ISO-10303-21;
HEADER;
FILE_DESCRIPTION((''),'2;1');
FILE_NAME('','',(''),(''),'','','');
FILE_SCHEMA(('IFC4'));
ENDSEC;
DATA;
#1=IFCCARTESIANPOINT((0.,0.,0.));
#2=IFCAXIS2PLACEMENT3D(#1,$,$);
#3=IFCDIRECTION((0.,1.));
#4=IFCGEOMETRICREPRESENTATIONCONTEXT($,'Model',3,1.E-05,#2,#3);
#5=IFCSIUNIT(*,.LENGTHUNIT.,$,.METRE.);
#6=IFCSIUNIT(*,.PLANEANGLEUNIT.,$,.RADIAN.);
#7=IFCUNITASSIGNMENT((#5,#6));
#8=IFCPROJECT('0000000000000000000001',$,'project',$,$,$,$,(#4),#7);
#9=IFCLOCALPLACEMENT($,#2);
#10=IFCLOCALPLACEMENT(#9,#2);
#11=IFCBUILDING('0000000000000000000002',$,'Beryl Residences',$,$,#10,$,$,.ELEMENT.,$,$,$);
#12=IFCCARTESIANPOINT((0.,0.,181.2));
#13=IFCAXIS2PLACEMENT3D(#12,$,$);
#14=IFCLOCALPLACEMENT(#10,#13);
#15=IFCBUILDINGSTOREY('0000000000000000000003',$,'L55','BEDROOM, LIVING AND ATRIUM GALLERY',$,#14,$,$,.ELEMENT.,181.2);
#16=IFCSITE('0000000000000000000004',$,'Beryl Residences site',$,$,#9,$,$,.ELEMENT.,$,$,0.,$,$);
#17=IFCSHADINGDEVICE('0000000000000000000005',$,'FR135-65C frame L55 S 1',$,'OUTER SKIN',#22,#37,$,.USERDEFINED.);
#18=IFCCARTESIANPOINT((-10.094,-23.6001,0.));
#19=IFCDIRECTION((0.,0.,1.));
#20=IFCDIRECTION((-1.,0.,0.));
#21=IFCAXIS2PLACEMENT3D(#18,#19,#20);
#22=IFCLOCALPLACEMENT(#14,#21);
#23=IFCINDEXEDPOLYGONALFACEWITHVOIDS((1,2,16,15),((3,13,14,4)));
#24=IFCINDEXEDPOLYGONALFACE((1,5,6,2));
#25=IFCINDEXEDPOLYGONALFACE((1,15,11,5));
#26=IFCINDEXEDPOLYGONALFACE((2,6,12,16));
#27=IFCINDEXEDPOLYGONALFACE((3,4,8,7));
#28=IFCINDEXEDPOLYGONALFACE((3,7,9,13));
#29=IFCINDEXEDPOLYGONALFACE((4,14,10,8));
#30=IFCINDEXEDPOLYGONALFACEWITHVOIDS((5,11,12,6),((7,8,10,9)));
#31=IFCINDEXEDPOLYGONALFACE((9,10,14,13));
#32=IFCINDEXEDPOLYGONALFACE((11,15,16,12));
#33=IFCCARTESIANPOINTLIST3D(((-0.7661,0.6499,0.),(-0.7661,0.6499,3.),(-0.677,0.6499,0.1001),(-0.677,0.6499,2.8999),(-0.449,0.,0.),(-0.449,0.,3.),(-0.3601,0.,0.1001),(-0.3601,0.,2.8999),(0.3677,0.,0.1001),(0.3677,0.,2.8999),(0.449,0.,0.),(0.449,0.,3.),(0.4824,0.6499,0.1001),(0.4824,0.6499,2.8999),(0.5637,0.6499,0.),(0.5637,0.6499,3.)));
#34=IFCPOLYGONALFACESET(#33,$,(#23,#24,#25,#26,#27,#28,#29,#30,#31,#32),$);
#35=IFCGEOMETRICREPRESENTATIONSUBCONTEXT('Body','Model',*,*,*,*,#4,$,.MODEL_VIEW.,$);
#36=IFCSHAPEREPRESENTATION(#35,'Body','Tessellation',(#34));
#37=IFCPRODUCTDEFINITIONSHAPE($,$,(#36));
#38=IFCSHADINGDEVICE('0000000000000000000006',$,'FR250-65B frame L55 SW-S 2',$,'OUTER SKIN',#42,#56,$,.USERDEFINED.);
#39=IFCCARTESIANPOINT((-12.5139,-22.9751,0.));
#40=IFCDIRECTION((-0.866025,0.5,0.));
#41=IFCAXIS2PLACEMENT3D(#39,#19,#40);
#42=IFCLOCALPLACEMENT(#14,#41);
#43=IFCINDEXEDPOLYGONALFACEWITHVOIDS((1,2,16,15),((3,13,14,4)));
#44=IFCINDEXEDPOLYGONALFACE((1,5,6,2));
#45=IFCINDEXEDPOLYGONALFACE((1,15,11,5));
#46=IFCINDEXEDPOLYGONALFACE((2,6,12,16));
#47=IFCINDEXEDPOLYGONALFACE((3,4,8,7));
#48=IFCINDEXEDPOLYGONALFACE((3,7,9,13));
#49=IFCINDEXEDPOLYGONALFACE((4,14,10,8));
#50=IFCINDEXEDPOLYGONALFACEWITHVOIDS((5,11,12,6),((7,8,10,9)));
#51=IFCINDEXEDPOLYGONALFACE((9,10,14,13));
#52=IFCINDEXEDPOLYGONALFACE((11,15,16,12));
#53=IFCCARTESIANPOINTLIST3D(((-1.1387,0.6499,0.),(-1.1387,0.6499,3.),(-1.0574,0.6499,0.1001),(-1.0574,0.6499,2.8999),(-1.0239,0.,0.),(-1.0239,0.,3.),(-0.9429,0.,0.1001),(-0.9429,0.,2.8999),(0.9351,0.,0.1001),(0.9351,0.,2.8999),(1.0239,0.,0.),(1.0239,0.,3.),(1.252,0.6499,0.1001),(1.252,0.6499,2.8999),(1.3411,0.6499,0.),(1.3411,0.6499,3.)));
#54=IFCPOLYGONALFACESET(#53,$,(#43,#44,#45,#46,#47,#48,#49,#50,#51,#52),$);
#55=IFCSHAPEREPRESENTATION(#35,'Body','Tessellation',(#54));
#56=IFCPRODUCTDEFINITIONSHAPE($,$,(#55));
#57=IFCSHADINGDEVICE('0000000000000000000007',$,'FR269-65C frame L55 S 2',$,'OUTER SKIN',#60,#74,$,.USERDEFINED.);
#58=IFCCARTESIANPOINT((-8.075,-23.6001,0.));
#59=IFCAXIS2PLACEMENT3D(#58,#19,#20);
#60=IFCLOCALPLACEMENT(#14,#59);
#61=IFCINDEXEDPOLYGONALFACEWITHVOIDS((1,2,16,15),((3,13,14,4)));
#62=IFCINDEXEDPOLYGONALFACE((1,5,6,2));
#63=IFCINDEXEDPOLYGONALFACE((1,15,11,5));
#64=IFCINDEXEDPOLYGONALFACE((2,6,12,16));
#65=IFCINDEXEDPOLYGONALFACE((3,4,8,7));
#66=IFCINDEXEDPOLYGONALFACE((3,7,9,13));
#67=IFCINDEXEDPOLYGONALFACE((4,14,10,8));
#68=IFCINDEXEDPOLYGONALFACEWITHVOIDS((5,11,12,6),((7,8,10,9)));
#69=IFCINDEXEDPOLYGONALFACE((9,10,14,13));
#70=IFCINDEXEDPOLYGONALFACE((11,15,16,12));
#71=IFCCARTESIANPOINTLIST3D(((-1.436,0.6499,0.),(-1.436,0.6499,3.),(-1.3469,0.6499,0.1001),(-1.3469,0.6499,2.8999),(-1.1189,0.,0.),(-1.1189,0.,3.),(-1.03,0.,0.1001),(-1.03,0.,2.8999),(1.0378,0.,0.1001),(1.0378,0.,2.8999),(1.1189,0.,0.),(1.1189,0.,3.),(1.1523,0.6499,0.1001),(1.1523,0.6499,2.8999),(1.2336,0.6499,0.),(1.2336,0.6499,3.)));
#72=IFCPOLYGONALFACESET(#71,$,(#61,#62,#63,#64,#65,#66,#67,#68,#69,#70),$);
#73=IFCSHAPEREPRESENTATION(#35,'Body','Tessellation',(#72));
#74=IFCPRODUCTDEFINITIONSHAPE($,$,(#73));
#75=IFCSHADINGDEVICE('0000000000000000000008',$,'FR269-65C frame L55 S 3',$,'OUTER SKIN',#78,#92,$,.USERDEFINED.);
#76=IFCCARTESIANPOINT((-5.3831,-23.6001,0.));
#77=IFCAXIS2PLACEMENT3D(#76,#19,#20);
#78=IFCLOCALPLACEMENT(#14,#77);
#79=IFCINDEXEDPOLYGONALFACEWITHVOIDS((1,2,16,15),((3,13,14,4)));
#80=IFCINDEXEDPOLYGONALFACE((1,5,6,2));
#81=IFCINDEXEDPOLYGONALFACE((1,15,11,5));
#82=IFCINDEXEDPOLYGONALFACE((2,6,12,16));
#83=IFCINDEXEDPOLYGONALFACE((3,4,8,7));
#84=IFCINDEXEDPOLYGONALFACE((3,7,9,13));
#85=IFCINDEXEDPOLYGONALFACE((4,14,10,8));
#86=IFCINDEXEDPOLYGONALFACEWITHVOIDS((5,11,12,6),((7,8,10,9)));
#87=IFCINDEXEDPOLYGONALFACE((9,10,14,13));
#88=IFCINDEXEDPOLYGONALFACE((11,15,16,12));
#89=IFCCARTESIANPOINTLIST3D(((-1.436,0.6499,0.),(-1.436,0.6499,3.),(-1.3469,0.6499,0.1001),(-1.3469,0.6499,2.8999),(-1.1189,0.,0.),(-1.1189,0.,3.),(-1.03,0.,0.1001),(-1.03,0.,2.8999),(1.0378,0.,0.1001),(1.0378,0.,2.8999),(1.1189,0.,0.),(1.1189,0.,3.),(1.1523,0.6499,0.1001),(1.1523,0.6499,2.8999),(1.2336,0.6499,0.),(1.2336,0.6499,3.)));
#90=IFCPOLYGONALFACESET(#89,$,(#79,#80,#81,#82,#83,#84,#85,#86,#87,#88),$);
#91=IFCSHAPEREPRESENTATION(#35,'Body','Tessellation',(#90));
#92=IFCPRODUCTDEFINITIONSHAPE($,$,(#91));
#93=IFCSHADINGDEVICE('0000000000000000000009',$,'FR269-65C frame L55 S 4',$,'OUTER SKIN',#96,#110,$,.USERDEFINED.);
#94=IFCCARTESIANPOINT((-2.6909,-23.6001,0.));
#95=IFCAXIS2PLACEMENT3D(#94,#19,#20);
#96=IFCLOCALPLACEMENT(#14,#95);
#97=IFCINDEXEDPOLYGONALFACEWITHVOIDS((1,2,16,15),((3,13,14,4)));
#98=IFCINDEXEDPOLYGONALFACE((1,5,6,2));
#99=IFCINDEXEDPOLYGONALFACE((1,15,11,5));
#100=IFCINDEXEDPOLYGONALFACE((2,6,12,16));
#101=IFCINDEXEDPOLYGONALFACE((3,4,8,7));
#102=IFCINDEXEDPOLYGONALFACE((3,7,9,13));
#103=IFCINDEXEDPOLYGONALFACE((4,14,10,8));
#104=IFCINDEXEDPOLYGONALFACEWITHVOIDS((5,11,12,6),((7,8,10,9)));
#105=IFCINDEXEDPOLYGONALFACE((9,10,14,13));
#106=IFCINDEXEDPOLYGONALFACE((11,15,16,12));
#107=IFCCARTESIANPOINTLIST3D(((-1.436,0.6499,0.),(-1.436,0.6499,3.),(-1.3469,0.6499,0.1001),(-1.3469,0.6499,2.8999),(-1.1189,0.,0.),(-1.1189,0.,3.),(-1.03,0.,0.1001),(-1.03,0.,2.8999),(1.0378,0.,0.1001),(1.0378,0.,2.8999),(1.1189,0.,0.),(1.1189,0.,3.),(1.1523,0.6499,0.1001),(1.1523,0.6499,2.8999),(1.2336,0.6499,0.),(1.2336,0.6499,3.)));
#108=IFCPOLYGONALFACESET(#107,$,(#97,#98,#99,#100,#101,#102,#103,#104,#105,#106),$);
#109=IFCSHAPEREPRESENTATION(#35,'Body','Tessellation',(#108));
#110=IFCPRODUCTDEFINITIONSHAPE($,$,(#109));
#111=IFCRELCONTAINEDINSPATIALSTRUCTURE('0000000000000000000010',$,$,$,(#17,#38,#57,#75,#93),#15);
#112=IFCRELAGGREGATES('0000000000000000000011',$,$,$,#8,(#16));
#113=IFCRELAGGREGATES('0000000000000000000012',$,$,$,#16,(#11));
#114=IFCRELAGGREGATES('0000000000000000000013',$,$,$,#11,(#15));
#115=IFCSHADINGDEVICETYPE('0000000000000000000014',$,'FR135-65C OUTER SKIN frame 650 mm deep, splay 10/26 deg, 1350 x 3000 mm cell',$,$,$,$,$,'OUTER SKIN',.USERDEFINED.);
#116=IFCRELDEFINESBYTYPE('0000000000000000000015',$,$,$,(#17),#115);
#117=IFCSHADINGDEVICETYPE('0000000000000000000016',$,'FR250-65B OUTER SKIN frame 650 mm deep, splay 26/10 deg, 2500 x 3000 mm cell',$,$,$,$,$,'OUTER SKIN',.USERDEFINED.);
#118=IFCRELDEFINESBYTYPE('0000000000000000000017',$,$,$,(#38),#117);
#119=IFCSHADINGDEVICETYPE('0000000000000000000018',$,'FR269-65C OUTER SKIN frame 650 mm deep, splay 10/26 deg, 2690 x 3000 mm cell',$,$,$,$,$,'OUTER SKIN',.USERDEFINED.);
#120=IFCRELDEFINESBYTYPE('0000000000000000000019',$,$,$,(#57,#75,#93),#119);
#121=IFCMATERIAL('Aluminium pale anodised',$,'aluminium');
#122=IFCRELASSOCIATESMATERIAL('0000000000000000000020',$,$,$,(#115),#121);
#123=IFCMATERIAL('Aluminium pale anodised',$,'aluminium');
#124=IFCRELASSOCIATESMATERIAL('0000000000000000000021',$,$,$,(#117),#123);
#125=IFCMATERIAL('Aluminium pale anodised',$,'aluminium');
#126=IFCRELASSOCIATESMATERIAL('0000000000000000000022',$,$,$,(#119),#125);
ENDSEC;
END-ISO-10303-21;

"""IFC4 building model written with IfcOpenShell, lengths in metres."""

from ifc_helpers import new_model, entity, si_unit, direction, frame, origin, place, context, subcontext, project, spatial, source, transform, mapped, material, type_object, type_shapes, element, save


model = new_model("IFC4")

# Units and contexts
model_context = context("Model", 3, precision=1e-05, world=origin(), true_north=direction((0.0, 1.0)))
body_context = subcontext(model_context, "Body", "Model", "MODEL_VIEW")
ifc_project = project(units=[si_unit("LENGTHUNIT", "METRE"), si_unit("PLANEANGLEUNIT", "RADIAN")], contexts=[model_context])

# Site, building, storey
site_placement = place(None, origin())
site = spatial("IfcSite", under=ifc_project, at=site_placement, Name="Beryl Residences site", CompositionType="ELEMENT", RefElevation=0.0)
building_placement = place(site_placement, origin())
building = spatial("IfcBuilding", under=site, at=building_placement, Name="Beryl Residences", CompositionType="ELEMENT")
storey_placement = place(building_placement, frame((0.0, 0.0, 181.2)))
storey = spatial("IfcBuildingStorey", under=building, at=storey_placement, Name="L55", Description="BEDROOM, LIVING AND ATRIUM GALLERY", CompositionType="ELEMENT", Elevation=181.2)

# Shading devices
ifc_material_1 = material(Name="Aluminium pale anodised", Category="aluminium")
shading_device_type_1 = type_object("IfcShadingDeviceType", Name="FR135-65C OUTER SKIN frame 650 mm deep, splay 10/26 deg, 1350 x 3000 mm cell", ElementType="OUTER SKIN", PredefinedType="USERDEFINED", material=ifc_material_1)
cartesian_point_1 = entity("IfcCartesianPoint", [-0.449, 0.0])
cartesian_point_2 = entity("IfcCartesianPoint", [-0.3677, 0.1001])
cartesian_point_3 = entity("IfcCartesianPoint", [-0.5637, 0.0])
cartesian_point_4 = entity("IfcCartesianPoint", [-0.4824, 0.1001])
shared_shape_1 = source(origin(), body_context, "Body", "SweptSolid", [
    entity("IfcExtrudedAreaSolidTapered", entity("IfcArbitraryProfileDefWithVoids", "AREA", None, entity("IfcPolyline", [cartesian_point_1, entity("IfcCartesianPoint", [0.449, 0.0]), entity("IfcCartesianPoint", [0.449, 3.0]), entity("IfcCartesianPoint", [-0.449, 3.0]), cartesian_point_1]), [entity("IfcPolyline", [cartesian_point_2, entity("IfcCartesianPoint", [0.3601, 0.1001]), entity("IfcCartesianPoint", [0.3601, 2.8999]), entity("IfcCartesianPoint", [-0.3677, 2.8999]), cartesian_point_2])]), entity("IfcAxis2Placement3D", entity("IfcCartesianPoint", [0.0, 0.0, 0.0]), entity("IfcDirection", [0.0, 1.0, 0.0]), entity("IfcDirection", [-1.0, 0.0, 0.0])), entity("IfcDirection", [0.0, 0.0, 1.0]), 0.6499, entity("IfcArbitraryProfileDefWithVoids", "AREA", None, entity("IfcPolyline", [cartesian_point_3, entity("IfcCartesianPoint", [0.7661, 0.0]), entity("IfcCartesianPoint", [0.7661, 3.0]), entity("IfcCartesianPoint", [-0.5637, 3.0]), cartesian_point_3]), [entity("IfcPolyline", [cartesian_point_4, entity("IfcCartesianPoint", [0.677, 0.1001]), entity("IfcCartesianPoint", [0.677, 2.8999]), entity("IfcCartesianPoint", [-0.4824, 2.8999]), cartesian_point_4])])),
])
type_shapes(shading_device_type_1, [shared_shape_1])
shading_device_1_placement = place(storey_placement, frame((-10.094, -23.6001, 0.0), z_axis=(0.0, 0.0, 1.0), x_axis=(-1.0, 0.0, 0.0)))
element("IfcShadingDevice", 1, at=shading_device_1_placement, inside=storey, type_object=shading_device_type_1, Name="FR135-65C frame L55 S 1", ObjectType="OUTER SKIN", PredefinedType="USERDEFINED", context=body_context, shape_type="MappedRepresentation", body=[
    mapped(shared_shape_1, transform((0.0, 0.0, 0.0))),
])
ifc_material_2 = material(Name="Aluminium pale anodised", Category="aluminium")
shading_device_type_2 = type_object("IfcShadingDeviceType", Name="FR250-65B OUTER SKIN frame 650 mm deep, splay 26/10 deg, 2500 x 3000 mm cell", ElementType="OUTER SKIN", PredefinedType="USERDEFINED", material=ifc_material_2)
cartesian_point_5 = entity("IfcCartesianPoint", [-1.0239, 0.0])
cartesian_point_6 = entity("IfcCartesianPoint", [-0.9351, 0.1001])
cartesian_point_7 = entity("IfcCartesianPoint", [-1.3411, 0.0])
cartesian_point_8 = entity("IfcCartesianPoint", [-1.252, 0.1001])
shared_shape_2 = source(origin(), body_context, "Body", "SweptSolid", [
    entity("IfcExtrudedAreaSolidTapered", entity("IfcArbitraryProfileDefWithVoids", "AREA", None, entity("IfcPolyline", [cartesian_point_5, entity("IfcCartesianPoint", [1.0239, 0.0]), entity("IfcCartesianPoint", [1.0239, 3.0]), entity("IfcCartesianPoint", [-1.0239, 3.0]), cartesian_point_5]), [entity("IfcPolyline", [cartesian_point_6, entity("IfcCartesianPoint", [0.9429, 0.1001]), entity("IfcCartesianPoint", [0.9429, 2.8999]), entity("IfcCartesianPoint", [-0.9351, 2.8999]), cartesian_point_6])]), entity("IfcAxis2Placement3D", entity("IfcCartesianPoint", [0.0, 0.0, 0.0]), entity("IfcDirection", [0.0, 1.0, 0.0]), entity("IfcDirection", [-1.0, 0.0, 0.0])), entity("IfcDirection", [0.0, 0.0, 1.0]), 0.6499, entity("IfcArbitraryProfileDefWithVoids", "AREA", None, entity("IfcPolyline", [cartesian_point_7, entity("IfcCartesianPoint", [1.1387, 0.0]), entity("IfcCartesianPoint", [1.1387, 3.0]), entity("IfcCartesianPoint", [-1.3411, 3.0]), cartesian_point_7]), [entity("IfcPolyline", [cartesian_point_8, entity("IfcCartesianPoint", [1.0574, 0.1001]), entity("IfcCartesianPoint", [1.0574, 2.8999]), entity("IfcCartesianPoint", [-1.252, 2.8999]), cartesian_point_8])])),
])
type_shapes(shading_device_type_2, [shared_shape_2])
shading_device_2_placement = place(storey_placement, frame((-12.5139, -22.9751, 0.0), z_axis=(0.0, 0.0, 1.0), x_axis=(-0.866025, 0.5, 0.0)))
element("IfcShadingDevice", 2, at=shading_device_2_placement, inside=storey, type_object=shading_device_type_2, Name="FR250-65B frame L55 SW-S 2", ObjectType="OUTER SKIN", PredefinedType="USERDEFINED", context=body_context, shape_type="MappedRepresentation", body=[
    mapped(shared_shape_2, transform((0.0, 0.0, 0.0))),
])
ifc_material_3 = material(Name="Aluminium pale anodised", Category="aluminium")
shading_device_type_3 = type_object("IfcShadingDeviceType", Name="FR269-65C OUTER SKIN frame 650 mm deep, splay 10/26 deg, 2690 x 3000 mm cell", ElementType="OUTER SKIN", PredefinedType="USERDEFINED", material=ifc_material_3)
cartesian_point_9 = entity("IfcCartesianPoint", [-1.1189, 0.0])
cartesian_point_10 = entity("IfcCartesianPoint", [-1.0378, 0.1001])
cartesian_point_11 = entity("IfcCartesianPoint", [-1.2336, 0.0])
cartesian_point_12 = entity("IfcCartesianPoint", [-1.1523, 0.1001])
shared_shape_3 = source(origin(), body_context, "Body", "SweptSolid", [
    entity("IfcExtrudedAreaSolidTapered", entity("IfcArbitraryProfileDefWithVoids", "AREA", None, entity("IfcPolyline", [cartesian_point_9, entity("IfcCartesianPoint", [1.1189, 0.0]), entity("IfcCartesianPoint", [1.1189, 3.0]), entity("IfcCartesianPoint", [-1.1189, 3.0]), cartesian_point_9]), [entity("IfcPolyline", [cartesian_point_10, entity("IfcCartesianPoint", [1.03, 0.1001]), entity("IfcCartesianPoint", [1.03, 2.8999]), entity("IfcCartesianPoint", [-1.0378, 2.8999]), cartesian_point_10])]), entity("IfcAxis2Placement3D", entity("IfcCartesianPoint", [0.0, 0.0, 0.0]), entity("IfcDirection", [0.0, 1.0, 0.0]), entity("IfcDirection", [-1.0, 0.0, 0.0])), entity("IfcDirection", [0.0, 0.0, 1.0]), 0.6499, entity("IfcArbitraryProfileDefWithVoids", "AREA", None, entity("IfcPolyline", [cartesian_point_11, entity("IfcCartesianPoint", [1.436, 0.0]), entity("IfcCartesianPoint", [1.436, 3.0]), entity("IfcCartesianPoint", [-1.2336, 3.0]), cartesian_point_11]), [entity("IfcPolyline", [cartesian_point_12, entity("IfcCartesianPoint", [1.3469, 0.1001]), entity("IfcCartesianPoint", [1.3469, 2.8999]), entity("IfcCartesianPoint", [-1.1523, 2.8999]), cartesian_point_12])])),
])
type_shapes(shading_device_type_3, [shared_shape_3])
for number, where, z_axis, x_axis, name in (
    (3, (-8.075, -23.6001, 0.0), (0.0, 0.0, 1.0), (-1.0, 0.0, 0.0), "FR269-65C frame L55 S 2"),
    (4, (-5.3831, -23.6001, 0.0), (0.0, 0.0, 1.0), (-1.0, 0.0, 0.0), "FR269-65C frame L55 S 3"),
    (5, (-2.6909, -23.6001, 0.0), (0.0, 0.0, 1.0), (-1.0, 0.0, 0.0), "FR269-65C frame L55 S 4"),
):
    element("IfcShadingDevice", number, at=place(storey_placement, frame(where, z_axis=z_axis, x_axis=x_axis)), inside=storey, type_object=shading_device_type_3, Name=name, ObjectType="OUTER SKIN", PredefinedType="USERDEFINED", context=body_context, shape_type="MappedRepresentation", body=[
        mapped(shared_shape_3, transform((0.0, 0.0, 0.0))),
    ])

save(model, "model.ifc")
